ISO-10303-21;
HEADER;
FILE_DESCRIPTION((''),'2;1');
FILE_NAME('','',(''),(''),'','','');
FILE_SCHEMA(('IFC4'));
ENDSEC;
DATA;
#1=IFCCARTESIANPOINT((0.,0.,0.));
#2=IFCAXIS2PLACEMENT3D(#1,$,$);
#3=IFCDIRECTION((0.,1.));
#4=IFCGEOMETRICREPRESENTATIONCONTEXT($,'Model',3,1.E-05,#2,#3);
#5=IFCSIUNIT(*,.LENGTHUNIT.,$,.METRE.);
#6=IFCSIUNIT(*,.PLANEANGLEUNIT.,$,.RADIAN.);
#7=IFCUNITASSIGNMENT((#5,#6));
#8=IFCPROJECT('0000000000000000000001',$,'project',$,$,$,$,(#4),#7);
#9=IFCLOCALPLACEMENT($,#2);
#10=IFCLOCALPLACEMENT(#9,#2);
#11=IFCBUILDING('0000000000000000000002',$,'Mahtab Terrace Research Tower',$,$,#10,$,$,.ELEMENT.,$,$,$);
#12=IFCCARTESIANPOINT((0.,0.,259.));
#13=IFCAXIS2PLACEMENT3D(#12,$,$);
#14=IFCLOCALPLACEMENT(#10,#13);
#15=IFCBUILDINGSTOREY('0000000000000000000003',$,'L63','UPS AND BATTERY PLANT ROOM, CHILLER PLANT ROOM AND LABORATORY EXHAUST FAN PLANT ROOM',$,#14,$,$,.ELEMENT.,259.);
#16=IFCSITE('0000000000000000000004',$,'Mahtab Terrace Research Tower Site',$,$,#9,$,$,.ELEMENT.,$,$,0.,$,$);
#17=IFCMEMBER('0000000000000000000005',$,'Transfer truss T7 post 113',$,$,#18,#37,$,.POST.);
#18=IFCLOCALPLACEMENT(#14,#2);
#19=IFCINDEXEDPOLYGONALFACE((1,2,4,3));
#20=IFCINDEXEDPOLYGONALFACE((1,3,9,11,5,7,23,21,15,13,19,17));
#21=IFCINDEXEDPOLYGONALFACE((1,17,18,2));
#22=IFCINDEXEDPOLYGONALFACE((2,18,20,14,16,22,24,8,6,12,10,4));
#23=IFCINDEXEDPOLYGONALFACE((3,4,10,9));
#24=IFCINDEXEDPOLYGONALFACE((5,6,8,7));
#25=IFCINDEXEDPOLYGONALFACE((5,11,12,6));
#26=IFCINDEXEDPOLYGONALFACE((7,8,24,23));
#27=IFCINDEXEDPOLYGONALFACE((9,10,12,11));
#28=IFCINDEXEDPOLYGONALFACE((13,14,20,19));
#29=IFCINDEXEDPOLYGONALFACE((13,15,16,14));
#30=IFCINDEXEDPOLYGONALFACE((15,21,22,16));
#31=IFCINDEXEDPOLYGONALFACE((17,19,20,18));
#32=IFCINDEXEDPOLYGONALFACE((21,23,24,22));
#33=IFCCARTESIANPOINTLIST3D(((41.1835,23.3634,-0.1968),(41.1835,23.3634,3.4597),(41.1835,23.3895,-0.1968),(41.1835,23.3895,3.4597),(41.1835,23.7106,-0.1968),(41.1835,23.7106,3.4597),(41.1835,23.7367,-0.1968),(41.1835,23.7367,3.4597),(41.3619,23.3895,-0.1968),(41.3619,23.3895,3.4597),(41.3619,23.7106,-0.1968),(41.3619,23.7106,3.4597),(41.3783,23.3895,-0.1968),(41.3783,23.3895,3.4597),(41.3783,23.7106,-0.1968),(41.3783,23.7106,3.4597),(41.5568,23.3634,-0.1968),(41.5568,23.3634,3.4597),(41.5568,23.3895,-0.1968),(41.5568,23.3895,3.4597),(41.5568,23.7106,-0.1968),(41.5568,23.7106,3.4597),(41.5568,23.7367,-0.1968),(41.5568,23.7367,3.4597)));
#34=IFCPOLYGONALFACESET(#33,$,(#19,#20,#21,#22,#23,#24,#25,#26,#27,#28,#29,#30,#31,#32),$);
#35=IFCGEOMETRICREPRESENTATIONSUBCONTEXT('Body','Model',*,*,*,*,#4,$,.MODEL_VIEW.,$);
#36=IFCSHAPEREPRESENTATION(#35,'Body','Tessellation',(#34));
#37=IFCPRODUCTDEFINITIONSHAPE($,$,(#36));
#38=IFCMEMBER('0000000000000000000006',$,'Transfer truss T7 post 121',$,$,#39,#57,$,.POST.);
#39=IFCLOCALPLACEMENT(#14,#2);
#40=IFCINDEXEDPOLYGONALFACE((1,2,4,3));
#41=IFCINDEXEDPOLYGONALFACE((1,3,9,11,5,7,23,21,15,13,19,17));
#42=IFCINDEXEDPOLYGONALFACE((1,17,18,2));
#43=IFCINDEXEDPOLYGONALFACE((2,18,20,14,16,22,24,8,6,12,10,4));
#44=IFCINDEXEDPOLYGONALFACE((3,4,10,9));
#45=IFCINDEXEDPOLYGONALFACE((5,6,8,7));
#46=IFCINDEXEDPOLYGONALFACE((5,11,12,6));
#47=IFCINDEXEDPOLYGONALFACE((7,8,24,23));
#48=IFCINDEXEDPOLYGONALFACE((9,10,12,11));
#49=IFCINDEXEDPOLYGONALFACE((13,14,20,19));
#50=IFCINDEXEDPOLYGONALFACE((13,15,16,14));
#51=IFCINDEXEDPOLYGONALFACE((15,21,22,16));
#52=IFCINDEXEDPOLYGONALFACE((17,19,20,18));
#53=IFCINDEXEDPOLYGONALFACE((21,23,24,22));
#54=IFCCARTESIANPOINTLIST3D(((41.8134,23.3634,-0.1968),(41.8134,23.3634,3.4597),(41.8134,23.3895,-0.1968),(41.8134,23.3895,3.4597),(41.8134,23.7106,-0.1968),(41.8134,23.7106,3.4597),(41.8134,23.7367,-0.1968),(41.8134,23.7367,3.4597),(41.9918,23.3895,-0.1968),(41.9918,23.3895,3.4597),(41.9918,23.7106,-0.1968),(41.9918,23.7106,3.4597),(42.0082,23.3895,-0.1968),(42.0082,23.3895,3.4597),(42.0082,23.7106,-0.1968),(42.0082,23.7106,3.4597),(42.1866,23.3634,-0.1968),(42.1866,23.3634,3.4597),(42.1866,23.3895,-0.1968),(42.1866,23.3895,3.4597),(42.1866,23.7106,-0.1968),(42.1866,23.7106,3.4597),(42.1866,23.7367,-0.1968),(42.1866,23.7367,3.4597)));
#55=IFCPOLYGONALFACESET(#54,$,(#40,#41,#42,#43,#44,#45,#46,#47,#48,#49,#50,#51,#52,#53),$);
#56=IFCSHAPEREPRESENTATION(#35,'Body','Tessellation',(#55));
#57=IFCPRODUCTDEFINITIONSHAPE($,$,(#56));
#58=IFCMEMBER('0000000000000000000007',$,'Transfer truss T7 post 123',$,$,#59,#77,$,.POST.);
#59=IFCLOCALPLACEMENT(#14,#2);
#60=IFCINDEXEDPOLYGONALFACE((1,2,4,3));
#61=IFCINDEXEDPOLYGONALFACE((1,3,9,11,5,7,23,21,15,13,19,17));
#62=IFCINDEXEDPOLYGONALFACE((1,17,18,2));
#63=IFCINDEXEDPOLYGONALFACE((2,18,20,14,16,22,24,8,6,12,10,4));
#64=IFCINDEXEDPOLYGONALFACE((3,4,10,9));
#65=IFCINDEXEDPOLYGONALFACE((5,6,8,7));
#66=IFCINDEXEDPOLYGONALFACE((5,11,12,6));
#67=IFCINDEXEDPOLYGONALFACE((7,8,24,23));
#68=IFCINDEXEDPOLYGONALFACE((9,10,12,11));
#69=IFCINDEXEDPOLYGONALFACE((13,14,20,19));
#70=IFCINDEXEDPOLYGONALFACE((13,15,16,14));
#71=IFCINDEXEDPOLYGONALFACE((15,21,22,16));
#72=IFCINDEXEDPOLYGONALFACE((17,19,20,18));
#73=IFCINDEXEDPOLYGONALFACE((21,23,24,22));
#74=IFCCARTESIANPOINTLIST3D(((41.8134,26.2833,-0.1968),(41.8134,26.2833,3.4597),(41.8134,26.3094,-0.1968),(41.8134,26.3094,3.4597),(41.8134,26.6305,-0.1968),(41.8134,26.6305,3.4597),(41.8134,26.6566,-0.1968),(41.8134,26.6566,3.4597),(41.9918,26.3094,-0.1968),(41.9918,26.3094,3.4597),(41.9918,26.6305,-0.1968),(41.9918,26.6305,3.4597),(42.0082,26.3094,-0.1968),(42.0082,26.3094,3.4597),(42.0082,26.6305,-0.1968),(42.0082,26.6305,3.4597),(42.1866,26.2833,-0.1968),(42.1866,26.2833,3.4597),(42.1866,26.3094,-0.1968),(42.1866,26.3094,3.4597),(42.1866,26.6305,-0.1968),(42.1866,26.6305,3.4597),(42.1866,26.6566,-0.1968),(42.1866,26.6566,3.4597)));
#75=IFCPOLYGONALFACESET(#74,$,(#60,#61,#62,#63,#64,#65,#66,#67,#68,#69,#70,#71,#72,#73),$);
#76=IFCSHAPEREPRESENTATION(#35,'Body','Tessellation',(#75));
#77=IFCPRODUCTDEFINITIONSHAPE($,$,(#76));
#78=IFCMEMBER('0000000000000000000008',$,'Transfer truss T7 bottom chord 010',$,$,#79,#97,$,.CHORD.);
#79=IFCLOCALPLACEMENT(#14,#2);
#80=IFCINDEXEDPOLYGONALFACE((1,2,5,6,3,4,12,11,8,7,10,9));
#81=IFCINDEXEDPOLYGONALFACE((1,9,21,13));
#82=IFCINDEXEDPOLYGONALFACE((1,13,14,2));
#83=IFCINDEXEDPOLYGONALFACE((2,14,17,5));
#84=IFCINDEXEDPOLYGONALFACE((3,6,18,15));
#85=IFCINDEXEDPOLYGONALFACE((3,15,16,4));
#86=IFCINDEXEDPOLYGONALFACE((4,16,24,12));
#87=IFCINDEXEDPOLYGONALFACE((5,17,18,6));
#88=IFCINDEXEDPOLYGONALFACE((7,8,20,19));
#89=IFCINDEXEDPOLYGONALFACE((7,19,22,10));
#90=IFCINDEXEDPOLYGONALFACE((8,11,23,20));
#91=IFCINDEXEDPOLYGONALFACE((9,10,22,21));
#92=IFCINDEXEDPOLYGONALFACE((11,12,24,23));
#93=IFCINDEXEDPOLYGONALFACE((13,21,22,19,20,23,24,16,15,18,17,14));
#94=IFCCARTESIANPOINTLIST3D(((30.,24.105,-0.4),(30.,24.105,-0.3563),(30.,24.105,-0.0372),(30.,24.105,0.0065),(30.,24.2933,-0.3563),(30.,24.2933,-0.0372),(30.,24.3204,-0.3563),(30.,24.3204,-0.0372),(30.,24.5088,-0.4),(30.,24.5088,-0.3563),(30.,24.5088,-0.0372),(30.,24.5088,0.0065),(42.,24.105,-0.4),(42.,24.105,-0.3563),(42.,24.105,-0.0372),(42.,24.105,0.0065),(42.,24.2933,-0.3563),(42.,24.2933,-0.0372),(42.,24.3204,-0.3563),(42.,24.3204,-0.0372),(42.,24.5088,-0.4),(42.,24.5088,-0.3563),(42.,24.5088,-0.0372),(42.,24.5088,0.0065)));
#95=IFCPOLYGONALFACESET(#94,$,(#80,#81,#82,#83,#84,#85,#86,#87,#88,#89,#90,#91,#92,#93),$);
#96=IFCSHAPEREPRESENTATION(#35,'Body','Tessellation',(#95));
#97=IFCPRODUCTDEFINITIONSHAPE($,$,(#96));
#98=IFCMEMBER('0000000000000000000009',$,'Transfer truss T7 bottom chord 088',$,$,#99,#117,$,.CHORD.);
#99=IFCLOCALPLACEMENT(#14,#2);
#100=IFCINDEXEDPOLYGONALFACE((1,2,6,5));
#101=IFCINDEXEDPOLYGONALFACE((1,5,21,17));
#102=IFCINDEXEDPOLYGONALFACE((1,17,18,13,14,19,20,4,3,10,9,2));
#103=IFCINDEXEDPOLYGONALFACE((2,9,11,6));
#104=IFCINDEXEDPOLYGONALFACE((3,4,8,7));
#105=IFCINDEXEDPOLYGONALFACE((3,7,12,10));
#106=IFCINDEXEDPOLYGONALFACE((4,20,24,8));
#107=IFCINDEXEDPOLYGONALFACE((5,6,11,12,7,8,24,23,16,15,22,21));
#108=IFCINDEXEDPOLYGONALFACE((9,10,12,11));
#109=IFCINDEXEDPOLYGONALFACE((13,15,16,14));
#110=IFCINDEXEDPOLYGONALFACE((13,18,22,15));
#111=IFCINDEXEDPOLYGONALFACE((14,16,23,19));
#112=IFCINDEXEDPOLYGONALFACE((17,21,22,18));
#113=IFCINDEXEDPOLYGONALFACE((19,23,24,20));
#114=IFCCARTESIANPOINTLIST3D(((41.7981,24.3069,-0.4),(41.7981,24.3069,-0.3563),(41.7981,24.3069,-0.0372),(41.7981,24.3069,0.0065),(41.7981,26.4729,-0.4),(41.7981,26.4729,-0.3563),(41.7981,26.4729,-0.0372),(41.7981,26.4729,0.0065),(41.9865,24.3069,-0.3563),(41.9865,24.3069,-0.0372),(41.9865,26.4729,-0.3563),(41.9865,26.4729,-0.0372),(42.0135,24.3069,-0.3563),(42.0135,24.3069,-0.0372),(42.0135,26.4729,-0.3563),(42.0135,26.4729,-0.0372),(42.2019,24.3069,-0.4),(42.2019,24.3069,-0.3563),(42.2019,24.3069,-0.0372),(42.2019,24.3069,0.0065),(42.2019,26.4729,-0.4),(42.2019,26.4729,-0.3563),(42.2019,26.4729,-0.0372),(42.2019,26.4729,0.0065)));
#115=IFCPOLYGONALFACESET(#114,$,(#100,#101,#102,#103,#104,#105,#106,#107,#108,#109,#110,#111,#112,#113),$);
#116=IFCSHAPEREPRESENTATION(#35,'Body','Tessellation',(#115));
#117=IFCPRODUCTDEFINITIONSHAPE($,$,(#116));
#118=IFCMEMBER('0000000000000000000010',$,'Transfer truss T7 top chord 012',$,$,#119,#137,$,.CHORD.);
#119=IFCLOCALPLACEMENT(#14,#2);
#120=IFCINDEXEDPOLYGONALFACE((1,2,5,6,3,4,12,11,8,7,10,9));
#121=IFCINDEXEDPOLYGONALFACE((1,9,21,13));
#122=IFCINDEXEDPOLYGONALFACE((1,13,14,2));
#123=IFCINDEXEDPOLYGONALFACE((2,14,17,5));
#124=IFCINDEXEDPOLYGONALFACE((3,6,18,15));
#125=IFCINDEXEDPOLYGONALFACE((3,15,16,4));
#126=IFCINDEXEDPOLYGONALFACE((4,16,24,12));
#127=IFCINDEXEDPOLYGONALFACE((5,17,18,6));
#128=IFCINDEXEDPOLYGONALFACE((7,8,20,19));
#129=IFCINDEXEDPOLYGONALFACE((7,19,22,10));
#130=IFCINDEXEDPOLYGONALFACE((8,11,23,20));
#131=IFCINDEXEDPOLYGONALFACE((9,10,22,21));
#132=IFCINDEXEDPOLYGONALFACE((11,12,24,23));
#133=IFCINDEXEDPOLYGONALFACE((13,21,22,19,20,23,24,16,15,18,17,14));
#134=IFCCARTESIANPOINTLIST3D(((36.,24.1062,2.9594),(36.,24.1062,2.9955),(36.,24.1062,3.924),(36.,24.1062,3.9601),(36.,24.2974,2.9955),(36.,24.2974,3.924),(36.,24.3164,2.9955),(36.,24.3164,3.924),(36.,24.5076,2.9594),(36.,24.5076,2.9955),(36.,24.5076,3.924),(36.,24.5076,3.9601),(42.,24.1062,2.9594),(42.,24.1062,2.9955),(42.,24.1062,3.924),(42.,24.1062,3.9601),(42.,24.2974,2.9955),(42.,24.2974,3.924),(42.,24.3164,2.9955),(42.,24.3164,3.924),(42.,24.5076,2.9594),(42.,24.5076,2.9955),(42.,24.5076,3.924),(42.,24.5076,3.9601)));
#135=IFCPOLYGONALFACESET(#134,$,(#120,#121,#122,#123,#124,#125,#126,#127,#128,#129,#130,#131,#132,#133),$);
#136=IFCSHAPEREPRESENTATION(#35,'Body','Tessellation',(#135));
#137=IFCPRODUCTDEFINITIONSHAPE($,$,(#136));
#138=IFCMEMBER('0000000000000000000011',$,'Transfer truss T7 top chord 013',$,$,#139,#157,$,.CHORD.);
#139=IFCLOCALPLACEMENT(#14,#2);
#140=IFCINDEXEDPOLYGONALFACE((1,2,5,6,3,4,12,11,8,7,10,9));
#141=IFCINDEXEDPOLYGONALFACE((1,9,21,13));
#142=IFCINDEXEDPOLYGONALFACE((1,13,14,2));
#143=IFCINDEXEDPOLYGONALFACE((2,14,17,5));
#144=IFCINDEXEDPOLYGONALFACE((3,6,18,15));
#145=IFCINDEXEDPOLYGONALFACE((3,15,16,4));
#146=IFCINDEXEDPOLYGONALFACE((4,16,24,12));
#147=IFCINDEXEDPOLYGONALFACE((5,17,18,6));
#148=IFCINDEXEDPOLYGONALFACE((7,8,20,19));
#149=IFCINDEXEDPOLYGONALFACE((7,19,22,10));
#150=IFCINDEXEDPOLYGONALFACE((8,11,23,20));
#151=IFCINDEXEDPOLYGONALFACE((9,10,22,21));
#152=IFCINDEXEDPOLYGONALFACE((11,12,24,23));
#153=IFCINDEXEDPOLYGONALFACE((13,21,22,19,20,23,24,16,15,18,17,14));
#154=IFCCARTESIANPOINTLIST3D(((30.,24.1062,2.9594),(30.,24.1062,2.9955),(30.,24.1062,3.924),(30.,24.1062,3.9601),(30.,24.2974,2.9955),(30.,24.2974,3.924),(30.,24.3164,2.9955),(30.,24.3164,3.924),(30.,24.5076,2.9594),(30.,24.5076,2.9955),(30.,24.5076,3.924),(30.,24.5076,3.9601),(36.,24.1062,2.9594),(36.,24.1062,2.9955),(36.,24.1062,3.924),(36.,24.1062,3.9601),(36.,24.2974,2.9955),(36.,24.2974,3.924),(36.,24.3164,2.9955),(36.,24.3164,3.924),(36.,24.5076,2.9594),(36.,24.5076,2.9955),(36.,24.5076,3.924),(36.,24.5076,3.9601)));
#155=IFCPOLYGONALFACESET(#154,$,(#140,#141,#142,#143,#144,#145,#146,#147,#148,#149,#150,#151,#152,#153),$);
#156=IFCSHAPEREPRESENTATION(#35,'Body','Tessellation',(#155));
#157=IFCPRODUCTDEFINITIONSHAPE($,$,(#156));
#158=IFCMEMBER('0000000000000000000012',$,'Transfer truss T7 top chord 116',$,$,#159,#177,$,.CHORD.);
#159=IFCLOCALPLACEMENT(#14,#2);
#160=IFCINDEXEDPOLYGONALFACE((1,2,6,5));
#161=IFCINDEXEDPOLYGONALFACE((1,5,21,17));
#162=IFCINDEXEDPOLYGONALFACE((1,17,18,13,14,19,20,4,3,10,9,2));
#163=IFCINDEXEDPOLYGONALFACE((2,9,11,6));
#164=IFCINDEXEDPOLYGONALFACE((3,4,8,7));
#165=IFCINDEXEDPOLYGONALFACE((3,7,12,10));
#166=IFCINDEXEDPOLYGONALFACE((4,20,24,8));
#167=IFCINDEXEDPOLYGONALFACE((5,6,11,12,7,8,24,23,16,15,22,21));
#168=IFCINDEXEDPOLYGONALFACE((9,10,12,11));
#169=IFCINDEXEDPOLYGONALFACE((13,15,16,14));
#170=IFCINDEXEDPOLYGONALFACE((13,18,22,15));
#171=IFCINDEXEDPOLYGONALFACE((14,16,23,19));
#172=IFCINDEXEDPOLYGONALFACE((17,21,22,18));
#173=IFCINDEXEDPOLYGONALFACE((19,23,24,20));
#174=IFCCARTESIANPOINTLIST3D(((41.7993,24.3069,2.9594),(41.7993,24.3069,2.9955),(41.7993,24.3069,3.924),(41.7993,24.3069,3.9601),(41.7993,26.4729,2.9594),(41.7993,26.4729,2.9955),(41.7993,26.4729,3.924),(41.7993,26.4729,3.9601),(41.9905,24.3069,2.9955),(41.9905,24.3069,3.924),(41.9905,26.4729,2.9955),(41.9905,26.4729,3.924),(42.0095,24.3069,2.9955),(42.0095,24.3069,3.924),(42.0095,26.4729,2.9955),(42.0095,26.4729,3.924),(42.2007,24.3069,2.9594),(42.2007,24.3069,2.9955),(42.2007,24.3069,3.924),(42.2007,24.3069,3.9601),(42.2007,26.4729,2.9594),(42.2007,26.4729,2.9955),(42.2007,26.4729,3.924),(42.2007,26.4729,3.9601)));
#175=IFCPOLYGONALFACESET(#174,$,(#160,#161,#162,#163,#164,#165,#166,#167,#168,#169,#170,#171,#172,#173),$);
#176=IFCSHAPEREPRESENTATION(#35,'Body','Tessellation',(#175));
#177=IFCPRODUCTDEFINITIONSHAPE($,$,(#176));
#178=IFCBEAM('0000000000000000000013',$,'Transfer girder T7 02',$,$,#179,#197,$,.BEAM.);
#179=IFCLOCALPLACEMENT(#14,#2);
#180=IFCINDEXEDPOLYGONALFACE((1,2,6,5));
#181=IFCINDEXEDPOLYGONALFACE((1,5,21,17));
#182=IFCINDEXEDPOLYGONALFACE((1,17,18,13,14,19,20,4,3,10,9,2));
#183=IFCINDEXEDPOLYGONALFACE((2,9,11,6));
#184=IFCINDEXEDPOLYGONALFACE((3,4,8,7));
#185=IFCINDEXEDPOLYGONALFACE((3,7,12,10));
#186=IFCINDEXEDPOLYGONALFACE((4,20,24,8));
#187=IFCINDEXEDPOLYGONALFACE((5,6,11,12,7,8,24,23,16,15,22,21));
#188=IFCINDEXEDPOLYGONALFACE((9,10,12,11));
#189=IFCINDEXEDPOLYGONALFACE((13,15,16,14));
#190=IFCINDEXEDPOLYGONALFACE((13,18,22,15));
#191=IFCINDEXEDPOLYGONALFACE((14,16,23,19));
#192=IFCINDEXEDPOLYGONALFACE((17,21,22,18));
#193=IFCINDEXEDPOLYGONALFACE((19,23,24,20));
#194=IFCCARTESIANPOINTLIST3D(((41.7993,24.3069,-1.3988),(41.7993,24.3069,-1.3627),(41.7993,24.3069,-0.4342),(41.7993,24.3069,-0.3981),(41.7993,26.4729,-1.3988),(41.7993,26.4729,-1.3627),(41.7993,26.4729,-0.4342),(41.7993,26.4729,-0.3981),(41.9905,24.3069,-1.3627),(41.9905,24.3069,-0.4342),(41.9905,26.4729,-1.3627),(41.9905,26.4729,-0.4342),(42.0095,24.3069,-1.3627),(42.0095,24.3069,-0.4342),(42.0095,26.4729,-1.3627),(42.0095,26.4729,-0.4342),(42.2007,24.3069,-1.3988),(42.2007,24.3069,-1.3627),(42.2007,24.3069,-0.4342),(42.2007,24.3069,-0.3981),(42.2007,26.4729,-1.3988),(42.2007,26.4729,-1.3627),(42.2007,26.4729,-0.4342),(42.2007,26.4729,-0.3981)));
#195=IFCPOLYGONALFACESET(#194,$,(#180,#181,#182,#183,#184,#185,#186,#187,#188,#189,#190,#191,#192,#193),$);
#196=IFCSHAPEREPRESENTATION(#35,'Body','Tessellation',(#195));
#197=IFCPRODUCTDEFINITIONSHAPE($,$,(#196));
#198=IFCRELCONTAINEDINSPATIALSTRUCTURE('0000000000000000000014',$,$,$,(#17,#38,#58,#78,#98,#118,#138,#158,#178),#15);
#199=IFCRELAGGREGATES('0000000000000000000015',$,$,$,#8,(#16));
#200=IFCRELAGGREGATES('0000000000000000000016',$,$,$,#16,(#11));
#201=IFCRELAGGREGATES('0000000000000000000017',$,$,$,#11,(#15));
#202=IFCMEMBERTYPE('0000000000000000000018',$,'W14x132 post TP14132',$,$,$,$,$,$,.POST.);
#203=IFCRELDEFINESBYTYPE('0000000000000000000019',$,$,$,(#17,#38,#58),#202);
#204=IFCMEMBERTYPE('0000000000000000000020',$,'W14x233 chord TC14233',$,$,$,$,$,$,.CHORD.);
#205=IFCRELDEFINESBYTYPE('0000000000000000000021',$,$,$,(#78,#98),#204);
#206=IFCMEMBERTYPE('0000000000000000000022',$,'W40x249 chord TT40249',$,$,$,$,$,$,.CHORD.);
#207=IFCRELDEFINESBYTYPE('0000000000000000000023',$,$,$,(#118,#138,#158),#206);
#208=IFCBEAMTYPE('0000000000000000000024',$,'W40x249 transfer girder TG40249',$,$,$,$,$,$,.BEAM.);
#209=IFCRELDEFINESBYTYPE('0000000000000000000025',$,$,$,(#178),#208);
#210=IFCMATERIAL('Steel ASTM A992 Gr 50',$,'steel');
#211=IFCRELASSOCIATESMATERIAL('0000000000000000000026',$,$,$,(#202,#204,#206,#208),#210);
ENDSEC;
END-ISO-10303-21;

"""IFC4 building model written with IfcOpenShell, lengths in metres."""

from ifc_helpers import new_model, si_unit, direction, frame, origin, origin_2d, place, context, subcontext, project, spatial, i_section, extrude, material, material_profile, profile_set, type_object, element, save


model = new_model("IFC4")

# Units and contexts
model_context = context("Model", 3, precision=1e-05, world=origin(), true_north=direction((0.0, 1.0)))
body_context = subcontext(model_context, "Body", "Model", "MODEL_VIEW")
ifc_project = project(units=[si_unit("LENGTHUNIT", "METRE"), si_unit("PLANEANGLEUNIT", "RADIAN")], contexts=[model_context])

# Site, building, storey
site_placement = place(None, origin())
site = spatial("IfcSite", under=ifc_project, at=site_placement, Name="Mahtab Terrace Research Tower Site", CompositionType="ELEMENT", RefElevation=0.0)
building_placement = place(site_placement, origin())
building = spatial("IfcBuilding", under=site, at=building_placement, Name="Mahtab Terrace Research Tower", CompositionType="ELEMENT")
storey_placement = place(building_placement, frame((0.0, 0.0, 259.0)))
storey = spatial("IfcBuildingStorey", under=building, at=storey_placement, Name="L63", Description="UPS AND BATTERY PLANT ROOM, CHILLER PLANT ROOM AND LABORATORY EXHAUST FAN PLANT ROOM", CompositionType="ELEMENT", Elevation=259.0)

# Shared definitions
ifc_material_1 = material(Name="Steel ASTM A992 Gr 50", Category="steel")

# Members
ifc_material_profile_1 = material_profile(ifc_material_1, i_section(OverallWidth=0.3733, OverallDepth=0.3733, WebThickness=0.0164, FlangeThickness=0.0261, at=origin_2d()), Name="W14X132")
ifc_profile_set_1 = profile_set([ifc_material_profile_1], Name="Steel ASTM A992 Gr 50")
member_type_1 = type_object("IfcMemberType", Name="W14x132 post TP14132", PredefinedType="POST", material=ifc_profile_set_1)
for number, where, z_axis, x_axis, name in (
    (1, (41.3701, 23.55, -0.1968), (0.0, 0.0, 1.0), (1.0, 0.0, 0.0), "Transfer truss T7 post 113"),
    (2, (42.0, 23.55, -0.1968), (0.0, 0.0, 1.0), (1.0, 0.0, 0.0), "Transfer truss T7 post 121"),
    (3, (42.0, 26.47, -0.1968), (0.0, 0.0, 1.0), (1.0, 0.0, 0.0), "Transfer truss T7 post 123"),
):
    element("IfcMember", number, at=place(storey_placement, frame(where, z_axis=z_axis, x_axis=x_axis)), inside=storey, type_object=member_type_1, Name=name, PredefinedType="POST", context=body_context, shape_type="SweptSolid", body=[
        extrude(i_section(OverallWidth=0.3733, OverallDepth=0.3733, WebThickness=0.0164, FlangeThickness=0.0261, at=origin_2d()), origin(), (0.0, 0.0, 1.0), 3.6565),
    ])
ifc_material_profile_2 = material_profile(ifc_material_1, i_section(OverallWidth=0.4038, OverallDepth=0.4065, WebThickness=0.0271, FlangeThickness=0.0437, at=origin_2d()), Name="W14X233")
ifc_profile_set_2 = profile_set([ifc_material_profile_2], Name="Steel ASTM A992 Gr 50")
member_type_2 = type_object("IfcMemberType", Name="W14x233 chord TC14233", PredefinedType="CHORD", material=ifc_profile_set_2)
member_1_placement = place(storey_placement, frame((42.0, 24.3069, -0.1968), z_axis=(-1.0, 0.0, 0.0), x_axis=(0.0, -1.0, 0.0)))
element("IfcMember", 4, at=member_1_placement, inside=storey, type_object=member_type_2, Name="Transfer truss T7 bottom chord 010", PredefinedType="CHORD", context=body_context, shape_type="SweptSolid", body=[
    extrude(i_section(OverallWidth=0.4038, OverallDepth=0.4065, WebThickness=0.0271, FlangeThickness=0.0437, at=origin_2d()), origin(), (0.0, 0.0, 1.0), 12.0),
])
member_2_placement = place(storey_placement, frame((42.0, 24.3069, -0.1968), z_axis=(0.0, 1.0, 0.0), x_axis=(-1.0, 0.0, 0.0)))
element("IfcMember", 5, at=member_2_placement, inside=storey, type_object=member_type_2, Name="Transfer truss T7 bottom chord 088", PredefinedType="CHORD", context=body_context, shape_type="SweptSolid", body=[
    extrude(i_section(OverallWidth=0.4038, OverallDepth=0.4065, WebThickness=0.0271, FlangeThickness=0.0437, at=origin_2d()), origin(), (0.0, 0.0, 1.0), 2.166),
])
ifc_material_profile_3 = material_profile(ifc_material_1, i_section(OverallWidth=0.4014, OverallDepth=1.0007, WebThickness=0.019, FlangeThickness=0.0361, at=origin_2d()), Name="W40X249")
ifc_profile_set_3 = profile_set([ifc_material_profile_3], Name="Steel ASTM A992 Gr 50")
member_type_3 = type_object("IfcMemberType", Name="W40x249 chord TT40249", PredefinedType="CHORD", material=ifc_profile_set_3)
for number, where, z_axis, x_axis, name in (
    (6, (42.0, 24.3069, 3.4597), (-1.0, 0.0, 0.0), (0.0, -1.0, 0.0), "Transfer truss T7 top chord 012"),
    (7, (36.0, 24.3069, 3.4597), (-1.0, 0.0, 0.0), (0.0, -1.0, 0.0), "Transfer truss T7 top chord 013"),
):
    element("IfcMember", number, at=place(storey_placement, frame(where, z_axis=z_axis, x_axis=x_axis)), inside=storey, type_object=member_type_3, Name=name, PredefinedType="CHORD", context=body_context, shape_type="SweptSolid", body=[
        extrude(i_section(OverallWidth=0.4014, OverallDepth=1.0007, WebThickness=0.019, FlangeThickness=0.0361, at=origin_2d()), origin(), (0.0, 0.0, 1.0), 6.0),
    ])
member_3_placement = place(storey_placement, frame((42.0, 24.3069, 3.4597), z_axis=(0.0, 1.0, 0.0), x_axis=(-1.0, 0.0, 0.0)))
element("IfcMember", 8, at=member_3_placement, inside=storey, type_object=member_type_3, Name="Transfer truss T7 top chord 116", PredefinedType="CHORD", context=body_context, shape_type="SweptSolid", body=[
    extrude(i_section(OverallWidth=0.4014, OverallDepth=1.0007, WebThickness=0.019, FlangeThickness=0.0361, at=origin_2d()), origin(), (0.0, 0.0, 1.0), 2.166),
])

# Beam
ifc_material_profile_4 = material_profile(ifc_material_1, i_section(OverallWidth=0.4014, OverallDepth=1.0007, WebThickness=0.019, FlangeThickness=0.0361, at=origin_2d()), Name="W40X249")
ifc_profile_set_4 = profile_set([ifc_material_profile_4], Name="Steel ASTM A992 Gr 50")
beam_type = type_object("IfcBeamType", Name="W40x249 transfer girder TG40249", PredefinedType="BEAM", material=ifc_profile_set_4)
beam_placement = place(storey_placement, frame((42.0, 24.3069, -0.8984), z_axis=(0.0, 1.0, 0.0), x_axis=(-1.0, 0.0, 0.0)))
element("IfcBeam", 9, at=beam_placement, inside=storey, type_object=beam_type, Name="Transfer girder T7 02", PredefinedType="BEAM", context=body_context, shape_type="SweptSolid", body=[
    extrude(i_section(OverallWidth=0.4014, OverallDepth=1.0007, WebThickness=0.019, FlangeThickness=0.0361, at=origin_2d()), origin(), (0.0, 0.0, 1.0), 2.166),
])

save(model, "model.ifc")
